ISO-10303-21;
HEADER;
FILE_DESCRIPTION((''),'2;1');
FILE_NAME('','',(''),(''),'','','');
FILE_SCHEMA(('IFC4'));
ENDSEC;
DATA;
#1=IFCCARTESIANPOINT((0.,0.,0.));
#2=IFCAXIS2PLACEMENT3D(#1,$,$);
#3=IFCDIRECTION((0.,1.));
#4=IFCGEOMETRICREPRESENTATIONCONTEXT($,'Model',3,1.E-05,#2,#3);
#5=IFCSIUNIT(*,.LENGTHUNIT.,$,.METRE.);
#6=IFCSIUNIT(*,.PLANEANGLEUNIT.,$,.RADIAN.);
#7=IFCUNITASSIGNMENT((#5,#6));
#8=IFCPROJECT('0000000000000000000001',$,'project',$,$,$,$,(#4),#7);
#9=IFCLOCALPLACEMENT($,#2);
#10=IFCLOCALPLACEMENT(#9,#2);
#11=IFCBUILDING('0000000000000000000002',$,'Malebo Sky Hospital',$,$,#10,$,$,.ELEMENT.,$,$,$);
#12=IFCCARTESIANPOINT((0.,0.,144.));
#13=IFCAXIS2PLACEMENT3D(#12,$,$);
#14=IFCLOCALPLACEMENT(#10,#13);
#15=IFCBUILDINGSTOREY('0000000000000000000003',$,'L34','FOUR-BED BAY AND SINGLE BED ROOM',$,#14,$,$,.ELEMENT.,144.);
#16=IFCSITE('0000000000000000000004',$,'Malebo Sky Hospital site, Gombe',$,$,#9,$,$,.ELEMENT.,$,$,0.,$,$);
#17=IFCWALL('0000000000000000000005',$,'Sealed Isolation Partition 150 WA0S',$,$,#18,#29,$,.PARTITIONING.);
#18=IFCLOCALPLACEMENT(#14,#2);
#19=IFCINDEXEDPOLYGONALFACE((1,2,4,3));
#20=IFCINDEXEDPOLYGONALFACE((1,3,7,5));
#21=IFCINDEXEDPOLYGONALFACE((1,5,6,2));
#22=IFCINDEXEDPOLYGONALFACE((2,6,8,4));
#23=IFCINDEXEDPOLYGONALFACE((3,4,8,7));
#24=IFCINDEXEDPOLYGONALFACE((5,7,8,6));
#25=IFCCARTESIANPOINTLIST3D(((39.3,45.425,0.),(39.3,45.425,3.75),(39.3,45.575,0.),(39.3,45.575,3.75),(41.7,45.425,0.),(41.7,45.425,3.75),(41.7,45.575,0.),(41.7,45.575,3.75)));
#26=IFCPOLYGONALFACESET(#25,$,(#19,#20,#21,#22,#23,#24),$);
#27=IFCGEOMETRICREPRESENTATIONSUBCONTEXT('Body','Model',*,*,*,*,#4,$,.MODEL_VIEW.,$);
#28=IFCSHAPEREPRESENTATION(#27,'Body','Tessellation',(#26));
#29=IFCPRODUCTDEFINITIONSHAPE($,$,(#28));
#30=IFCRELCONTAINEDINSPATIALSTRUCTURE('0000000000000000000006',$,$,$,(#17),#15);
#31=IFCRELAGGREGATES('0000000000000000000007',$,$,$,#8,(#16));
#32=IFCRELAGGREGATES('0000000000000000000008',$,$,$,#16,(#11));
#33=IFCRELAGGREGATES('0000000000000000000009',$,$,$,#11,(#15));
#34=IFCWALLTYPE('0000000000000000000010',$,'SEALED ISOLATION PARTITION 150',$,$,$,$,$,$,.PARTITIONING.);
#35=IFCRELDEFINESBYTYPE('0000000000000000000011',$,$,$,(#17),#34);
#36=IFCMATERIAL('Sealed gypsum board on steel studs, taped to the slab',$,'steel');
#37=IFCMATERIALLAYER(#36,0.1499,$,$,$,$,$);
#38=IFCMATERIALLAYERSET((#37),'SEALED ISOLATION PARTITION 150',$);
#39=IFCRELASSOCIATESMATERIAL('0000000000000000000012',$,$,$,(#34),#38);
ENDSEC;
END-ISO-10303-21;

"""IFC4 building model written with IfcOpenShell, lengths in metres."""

from ifc_helpers import new_model, si_unit, direction, frame, frame_2d, origin, place, context, subcontext, project, spatial, rectangle, extrude, material, layer, layer_set, type_object, element, save


model = new_model("IFC4")

# Units and contexts
model_context = context("Model", 3, precision=1e-05, world=origin(), true_north=direction((0.0, 1.0)))
body_context = subcontext(model_context, "Body", "Model", "MODEL_VIEW")
ifc_project = project(units=[si_unit("LENGTHUNIT", "METRE"), si_unit("PLANEANGLEUNIT", "RADIAN")], contexts=[model_context])

# Site, building, storey
site_placement = place(None, origin())
site = spatial("IfcSite", under=ifc_project, at=site_placement, Name="Malebo Sky Hospital site, Gombe", CompositionType="ELEMENT", RefElevation=0.0)
building_placement = place(site_placement, origin())
building = spatial("IfcBuilding", under=site, at=building_placement, Name="Malebo Sky Hospital", CompositionType="ELEMENT")
storey_placement = place(building_placement, frame((0.0, 0.0, 144.0)))
storey = spatial("IfcBuildingStorey", under=building, at=storey_placement, Name="L34", Description="FOUR-BED BAY AND SINGLE BED ROOM", CompositionType="ELEMENT", Elevation=144.0)

# Shared definitions
ifc_material_1 = material(Name="Sealed gypsum board on steel studs, taped to the slab", Category="steel")
ifc_layer_1 = layer(ifc_material_1, 0.1499)
ifc_layer_set_1 = layer_set([ifc_layer_1], Name="SEALED ISOLATION PARTITION 150")
wall_type_1 = type_object("IfcWallType", Name="SEALED ISOLATION PARTITION 150", PredefinedType="PARTITIONING", material=ifc_layer_set_1)

# Wall
wall_1_placement = place(storey_placement, frame((41.7, 45.5, 0.0), z_axis=(0.0, 0.0, 1.0), x_axis=(-1.0, 0.0, 0.0)))
element("IfcWall", 1, at=wall_1_placement, inside=storey, type_object=wall_type_1, Name="Sealed Isolation Partition 150 WA0S", PredefinedType="PARTITIONING", context=body_context, shape_type="SweptSolid", body=[
    extrude(rectangle(XDim=2.3999, YDim=0.1499, at=frame_2d((1.2, 0.0))), origin(), (0.0, 0.0, 1.0), 3.75),
])

save(model, "model.ifc")
